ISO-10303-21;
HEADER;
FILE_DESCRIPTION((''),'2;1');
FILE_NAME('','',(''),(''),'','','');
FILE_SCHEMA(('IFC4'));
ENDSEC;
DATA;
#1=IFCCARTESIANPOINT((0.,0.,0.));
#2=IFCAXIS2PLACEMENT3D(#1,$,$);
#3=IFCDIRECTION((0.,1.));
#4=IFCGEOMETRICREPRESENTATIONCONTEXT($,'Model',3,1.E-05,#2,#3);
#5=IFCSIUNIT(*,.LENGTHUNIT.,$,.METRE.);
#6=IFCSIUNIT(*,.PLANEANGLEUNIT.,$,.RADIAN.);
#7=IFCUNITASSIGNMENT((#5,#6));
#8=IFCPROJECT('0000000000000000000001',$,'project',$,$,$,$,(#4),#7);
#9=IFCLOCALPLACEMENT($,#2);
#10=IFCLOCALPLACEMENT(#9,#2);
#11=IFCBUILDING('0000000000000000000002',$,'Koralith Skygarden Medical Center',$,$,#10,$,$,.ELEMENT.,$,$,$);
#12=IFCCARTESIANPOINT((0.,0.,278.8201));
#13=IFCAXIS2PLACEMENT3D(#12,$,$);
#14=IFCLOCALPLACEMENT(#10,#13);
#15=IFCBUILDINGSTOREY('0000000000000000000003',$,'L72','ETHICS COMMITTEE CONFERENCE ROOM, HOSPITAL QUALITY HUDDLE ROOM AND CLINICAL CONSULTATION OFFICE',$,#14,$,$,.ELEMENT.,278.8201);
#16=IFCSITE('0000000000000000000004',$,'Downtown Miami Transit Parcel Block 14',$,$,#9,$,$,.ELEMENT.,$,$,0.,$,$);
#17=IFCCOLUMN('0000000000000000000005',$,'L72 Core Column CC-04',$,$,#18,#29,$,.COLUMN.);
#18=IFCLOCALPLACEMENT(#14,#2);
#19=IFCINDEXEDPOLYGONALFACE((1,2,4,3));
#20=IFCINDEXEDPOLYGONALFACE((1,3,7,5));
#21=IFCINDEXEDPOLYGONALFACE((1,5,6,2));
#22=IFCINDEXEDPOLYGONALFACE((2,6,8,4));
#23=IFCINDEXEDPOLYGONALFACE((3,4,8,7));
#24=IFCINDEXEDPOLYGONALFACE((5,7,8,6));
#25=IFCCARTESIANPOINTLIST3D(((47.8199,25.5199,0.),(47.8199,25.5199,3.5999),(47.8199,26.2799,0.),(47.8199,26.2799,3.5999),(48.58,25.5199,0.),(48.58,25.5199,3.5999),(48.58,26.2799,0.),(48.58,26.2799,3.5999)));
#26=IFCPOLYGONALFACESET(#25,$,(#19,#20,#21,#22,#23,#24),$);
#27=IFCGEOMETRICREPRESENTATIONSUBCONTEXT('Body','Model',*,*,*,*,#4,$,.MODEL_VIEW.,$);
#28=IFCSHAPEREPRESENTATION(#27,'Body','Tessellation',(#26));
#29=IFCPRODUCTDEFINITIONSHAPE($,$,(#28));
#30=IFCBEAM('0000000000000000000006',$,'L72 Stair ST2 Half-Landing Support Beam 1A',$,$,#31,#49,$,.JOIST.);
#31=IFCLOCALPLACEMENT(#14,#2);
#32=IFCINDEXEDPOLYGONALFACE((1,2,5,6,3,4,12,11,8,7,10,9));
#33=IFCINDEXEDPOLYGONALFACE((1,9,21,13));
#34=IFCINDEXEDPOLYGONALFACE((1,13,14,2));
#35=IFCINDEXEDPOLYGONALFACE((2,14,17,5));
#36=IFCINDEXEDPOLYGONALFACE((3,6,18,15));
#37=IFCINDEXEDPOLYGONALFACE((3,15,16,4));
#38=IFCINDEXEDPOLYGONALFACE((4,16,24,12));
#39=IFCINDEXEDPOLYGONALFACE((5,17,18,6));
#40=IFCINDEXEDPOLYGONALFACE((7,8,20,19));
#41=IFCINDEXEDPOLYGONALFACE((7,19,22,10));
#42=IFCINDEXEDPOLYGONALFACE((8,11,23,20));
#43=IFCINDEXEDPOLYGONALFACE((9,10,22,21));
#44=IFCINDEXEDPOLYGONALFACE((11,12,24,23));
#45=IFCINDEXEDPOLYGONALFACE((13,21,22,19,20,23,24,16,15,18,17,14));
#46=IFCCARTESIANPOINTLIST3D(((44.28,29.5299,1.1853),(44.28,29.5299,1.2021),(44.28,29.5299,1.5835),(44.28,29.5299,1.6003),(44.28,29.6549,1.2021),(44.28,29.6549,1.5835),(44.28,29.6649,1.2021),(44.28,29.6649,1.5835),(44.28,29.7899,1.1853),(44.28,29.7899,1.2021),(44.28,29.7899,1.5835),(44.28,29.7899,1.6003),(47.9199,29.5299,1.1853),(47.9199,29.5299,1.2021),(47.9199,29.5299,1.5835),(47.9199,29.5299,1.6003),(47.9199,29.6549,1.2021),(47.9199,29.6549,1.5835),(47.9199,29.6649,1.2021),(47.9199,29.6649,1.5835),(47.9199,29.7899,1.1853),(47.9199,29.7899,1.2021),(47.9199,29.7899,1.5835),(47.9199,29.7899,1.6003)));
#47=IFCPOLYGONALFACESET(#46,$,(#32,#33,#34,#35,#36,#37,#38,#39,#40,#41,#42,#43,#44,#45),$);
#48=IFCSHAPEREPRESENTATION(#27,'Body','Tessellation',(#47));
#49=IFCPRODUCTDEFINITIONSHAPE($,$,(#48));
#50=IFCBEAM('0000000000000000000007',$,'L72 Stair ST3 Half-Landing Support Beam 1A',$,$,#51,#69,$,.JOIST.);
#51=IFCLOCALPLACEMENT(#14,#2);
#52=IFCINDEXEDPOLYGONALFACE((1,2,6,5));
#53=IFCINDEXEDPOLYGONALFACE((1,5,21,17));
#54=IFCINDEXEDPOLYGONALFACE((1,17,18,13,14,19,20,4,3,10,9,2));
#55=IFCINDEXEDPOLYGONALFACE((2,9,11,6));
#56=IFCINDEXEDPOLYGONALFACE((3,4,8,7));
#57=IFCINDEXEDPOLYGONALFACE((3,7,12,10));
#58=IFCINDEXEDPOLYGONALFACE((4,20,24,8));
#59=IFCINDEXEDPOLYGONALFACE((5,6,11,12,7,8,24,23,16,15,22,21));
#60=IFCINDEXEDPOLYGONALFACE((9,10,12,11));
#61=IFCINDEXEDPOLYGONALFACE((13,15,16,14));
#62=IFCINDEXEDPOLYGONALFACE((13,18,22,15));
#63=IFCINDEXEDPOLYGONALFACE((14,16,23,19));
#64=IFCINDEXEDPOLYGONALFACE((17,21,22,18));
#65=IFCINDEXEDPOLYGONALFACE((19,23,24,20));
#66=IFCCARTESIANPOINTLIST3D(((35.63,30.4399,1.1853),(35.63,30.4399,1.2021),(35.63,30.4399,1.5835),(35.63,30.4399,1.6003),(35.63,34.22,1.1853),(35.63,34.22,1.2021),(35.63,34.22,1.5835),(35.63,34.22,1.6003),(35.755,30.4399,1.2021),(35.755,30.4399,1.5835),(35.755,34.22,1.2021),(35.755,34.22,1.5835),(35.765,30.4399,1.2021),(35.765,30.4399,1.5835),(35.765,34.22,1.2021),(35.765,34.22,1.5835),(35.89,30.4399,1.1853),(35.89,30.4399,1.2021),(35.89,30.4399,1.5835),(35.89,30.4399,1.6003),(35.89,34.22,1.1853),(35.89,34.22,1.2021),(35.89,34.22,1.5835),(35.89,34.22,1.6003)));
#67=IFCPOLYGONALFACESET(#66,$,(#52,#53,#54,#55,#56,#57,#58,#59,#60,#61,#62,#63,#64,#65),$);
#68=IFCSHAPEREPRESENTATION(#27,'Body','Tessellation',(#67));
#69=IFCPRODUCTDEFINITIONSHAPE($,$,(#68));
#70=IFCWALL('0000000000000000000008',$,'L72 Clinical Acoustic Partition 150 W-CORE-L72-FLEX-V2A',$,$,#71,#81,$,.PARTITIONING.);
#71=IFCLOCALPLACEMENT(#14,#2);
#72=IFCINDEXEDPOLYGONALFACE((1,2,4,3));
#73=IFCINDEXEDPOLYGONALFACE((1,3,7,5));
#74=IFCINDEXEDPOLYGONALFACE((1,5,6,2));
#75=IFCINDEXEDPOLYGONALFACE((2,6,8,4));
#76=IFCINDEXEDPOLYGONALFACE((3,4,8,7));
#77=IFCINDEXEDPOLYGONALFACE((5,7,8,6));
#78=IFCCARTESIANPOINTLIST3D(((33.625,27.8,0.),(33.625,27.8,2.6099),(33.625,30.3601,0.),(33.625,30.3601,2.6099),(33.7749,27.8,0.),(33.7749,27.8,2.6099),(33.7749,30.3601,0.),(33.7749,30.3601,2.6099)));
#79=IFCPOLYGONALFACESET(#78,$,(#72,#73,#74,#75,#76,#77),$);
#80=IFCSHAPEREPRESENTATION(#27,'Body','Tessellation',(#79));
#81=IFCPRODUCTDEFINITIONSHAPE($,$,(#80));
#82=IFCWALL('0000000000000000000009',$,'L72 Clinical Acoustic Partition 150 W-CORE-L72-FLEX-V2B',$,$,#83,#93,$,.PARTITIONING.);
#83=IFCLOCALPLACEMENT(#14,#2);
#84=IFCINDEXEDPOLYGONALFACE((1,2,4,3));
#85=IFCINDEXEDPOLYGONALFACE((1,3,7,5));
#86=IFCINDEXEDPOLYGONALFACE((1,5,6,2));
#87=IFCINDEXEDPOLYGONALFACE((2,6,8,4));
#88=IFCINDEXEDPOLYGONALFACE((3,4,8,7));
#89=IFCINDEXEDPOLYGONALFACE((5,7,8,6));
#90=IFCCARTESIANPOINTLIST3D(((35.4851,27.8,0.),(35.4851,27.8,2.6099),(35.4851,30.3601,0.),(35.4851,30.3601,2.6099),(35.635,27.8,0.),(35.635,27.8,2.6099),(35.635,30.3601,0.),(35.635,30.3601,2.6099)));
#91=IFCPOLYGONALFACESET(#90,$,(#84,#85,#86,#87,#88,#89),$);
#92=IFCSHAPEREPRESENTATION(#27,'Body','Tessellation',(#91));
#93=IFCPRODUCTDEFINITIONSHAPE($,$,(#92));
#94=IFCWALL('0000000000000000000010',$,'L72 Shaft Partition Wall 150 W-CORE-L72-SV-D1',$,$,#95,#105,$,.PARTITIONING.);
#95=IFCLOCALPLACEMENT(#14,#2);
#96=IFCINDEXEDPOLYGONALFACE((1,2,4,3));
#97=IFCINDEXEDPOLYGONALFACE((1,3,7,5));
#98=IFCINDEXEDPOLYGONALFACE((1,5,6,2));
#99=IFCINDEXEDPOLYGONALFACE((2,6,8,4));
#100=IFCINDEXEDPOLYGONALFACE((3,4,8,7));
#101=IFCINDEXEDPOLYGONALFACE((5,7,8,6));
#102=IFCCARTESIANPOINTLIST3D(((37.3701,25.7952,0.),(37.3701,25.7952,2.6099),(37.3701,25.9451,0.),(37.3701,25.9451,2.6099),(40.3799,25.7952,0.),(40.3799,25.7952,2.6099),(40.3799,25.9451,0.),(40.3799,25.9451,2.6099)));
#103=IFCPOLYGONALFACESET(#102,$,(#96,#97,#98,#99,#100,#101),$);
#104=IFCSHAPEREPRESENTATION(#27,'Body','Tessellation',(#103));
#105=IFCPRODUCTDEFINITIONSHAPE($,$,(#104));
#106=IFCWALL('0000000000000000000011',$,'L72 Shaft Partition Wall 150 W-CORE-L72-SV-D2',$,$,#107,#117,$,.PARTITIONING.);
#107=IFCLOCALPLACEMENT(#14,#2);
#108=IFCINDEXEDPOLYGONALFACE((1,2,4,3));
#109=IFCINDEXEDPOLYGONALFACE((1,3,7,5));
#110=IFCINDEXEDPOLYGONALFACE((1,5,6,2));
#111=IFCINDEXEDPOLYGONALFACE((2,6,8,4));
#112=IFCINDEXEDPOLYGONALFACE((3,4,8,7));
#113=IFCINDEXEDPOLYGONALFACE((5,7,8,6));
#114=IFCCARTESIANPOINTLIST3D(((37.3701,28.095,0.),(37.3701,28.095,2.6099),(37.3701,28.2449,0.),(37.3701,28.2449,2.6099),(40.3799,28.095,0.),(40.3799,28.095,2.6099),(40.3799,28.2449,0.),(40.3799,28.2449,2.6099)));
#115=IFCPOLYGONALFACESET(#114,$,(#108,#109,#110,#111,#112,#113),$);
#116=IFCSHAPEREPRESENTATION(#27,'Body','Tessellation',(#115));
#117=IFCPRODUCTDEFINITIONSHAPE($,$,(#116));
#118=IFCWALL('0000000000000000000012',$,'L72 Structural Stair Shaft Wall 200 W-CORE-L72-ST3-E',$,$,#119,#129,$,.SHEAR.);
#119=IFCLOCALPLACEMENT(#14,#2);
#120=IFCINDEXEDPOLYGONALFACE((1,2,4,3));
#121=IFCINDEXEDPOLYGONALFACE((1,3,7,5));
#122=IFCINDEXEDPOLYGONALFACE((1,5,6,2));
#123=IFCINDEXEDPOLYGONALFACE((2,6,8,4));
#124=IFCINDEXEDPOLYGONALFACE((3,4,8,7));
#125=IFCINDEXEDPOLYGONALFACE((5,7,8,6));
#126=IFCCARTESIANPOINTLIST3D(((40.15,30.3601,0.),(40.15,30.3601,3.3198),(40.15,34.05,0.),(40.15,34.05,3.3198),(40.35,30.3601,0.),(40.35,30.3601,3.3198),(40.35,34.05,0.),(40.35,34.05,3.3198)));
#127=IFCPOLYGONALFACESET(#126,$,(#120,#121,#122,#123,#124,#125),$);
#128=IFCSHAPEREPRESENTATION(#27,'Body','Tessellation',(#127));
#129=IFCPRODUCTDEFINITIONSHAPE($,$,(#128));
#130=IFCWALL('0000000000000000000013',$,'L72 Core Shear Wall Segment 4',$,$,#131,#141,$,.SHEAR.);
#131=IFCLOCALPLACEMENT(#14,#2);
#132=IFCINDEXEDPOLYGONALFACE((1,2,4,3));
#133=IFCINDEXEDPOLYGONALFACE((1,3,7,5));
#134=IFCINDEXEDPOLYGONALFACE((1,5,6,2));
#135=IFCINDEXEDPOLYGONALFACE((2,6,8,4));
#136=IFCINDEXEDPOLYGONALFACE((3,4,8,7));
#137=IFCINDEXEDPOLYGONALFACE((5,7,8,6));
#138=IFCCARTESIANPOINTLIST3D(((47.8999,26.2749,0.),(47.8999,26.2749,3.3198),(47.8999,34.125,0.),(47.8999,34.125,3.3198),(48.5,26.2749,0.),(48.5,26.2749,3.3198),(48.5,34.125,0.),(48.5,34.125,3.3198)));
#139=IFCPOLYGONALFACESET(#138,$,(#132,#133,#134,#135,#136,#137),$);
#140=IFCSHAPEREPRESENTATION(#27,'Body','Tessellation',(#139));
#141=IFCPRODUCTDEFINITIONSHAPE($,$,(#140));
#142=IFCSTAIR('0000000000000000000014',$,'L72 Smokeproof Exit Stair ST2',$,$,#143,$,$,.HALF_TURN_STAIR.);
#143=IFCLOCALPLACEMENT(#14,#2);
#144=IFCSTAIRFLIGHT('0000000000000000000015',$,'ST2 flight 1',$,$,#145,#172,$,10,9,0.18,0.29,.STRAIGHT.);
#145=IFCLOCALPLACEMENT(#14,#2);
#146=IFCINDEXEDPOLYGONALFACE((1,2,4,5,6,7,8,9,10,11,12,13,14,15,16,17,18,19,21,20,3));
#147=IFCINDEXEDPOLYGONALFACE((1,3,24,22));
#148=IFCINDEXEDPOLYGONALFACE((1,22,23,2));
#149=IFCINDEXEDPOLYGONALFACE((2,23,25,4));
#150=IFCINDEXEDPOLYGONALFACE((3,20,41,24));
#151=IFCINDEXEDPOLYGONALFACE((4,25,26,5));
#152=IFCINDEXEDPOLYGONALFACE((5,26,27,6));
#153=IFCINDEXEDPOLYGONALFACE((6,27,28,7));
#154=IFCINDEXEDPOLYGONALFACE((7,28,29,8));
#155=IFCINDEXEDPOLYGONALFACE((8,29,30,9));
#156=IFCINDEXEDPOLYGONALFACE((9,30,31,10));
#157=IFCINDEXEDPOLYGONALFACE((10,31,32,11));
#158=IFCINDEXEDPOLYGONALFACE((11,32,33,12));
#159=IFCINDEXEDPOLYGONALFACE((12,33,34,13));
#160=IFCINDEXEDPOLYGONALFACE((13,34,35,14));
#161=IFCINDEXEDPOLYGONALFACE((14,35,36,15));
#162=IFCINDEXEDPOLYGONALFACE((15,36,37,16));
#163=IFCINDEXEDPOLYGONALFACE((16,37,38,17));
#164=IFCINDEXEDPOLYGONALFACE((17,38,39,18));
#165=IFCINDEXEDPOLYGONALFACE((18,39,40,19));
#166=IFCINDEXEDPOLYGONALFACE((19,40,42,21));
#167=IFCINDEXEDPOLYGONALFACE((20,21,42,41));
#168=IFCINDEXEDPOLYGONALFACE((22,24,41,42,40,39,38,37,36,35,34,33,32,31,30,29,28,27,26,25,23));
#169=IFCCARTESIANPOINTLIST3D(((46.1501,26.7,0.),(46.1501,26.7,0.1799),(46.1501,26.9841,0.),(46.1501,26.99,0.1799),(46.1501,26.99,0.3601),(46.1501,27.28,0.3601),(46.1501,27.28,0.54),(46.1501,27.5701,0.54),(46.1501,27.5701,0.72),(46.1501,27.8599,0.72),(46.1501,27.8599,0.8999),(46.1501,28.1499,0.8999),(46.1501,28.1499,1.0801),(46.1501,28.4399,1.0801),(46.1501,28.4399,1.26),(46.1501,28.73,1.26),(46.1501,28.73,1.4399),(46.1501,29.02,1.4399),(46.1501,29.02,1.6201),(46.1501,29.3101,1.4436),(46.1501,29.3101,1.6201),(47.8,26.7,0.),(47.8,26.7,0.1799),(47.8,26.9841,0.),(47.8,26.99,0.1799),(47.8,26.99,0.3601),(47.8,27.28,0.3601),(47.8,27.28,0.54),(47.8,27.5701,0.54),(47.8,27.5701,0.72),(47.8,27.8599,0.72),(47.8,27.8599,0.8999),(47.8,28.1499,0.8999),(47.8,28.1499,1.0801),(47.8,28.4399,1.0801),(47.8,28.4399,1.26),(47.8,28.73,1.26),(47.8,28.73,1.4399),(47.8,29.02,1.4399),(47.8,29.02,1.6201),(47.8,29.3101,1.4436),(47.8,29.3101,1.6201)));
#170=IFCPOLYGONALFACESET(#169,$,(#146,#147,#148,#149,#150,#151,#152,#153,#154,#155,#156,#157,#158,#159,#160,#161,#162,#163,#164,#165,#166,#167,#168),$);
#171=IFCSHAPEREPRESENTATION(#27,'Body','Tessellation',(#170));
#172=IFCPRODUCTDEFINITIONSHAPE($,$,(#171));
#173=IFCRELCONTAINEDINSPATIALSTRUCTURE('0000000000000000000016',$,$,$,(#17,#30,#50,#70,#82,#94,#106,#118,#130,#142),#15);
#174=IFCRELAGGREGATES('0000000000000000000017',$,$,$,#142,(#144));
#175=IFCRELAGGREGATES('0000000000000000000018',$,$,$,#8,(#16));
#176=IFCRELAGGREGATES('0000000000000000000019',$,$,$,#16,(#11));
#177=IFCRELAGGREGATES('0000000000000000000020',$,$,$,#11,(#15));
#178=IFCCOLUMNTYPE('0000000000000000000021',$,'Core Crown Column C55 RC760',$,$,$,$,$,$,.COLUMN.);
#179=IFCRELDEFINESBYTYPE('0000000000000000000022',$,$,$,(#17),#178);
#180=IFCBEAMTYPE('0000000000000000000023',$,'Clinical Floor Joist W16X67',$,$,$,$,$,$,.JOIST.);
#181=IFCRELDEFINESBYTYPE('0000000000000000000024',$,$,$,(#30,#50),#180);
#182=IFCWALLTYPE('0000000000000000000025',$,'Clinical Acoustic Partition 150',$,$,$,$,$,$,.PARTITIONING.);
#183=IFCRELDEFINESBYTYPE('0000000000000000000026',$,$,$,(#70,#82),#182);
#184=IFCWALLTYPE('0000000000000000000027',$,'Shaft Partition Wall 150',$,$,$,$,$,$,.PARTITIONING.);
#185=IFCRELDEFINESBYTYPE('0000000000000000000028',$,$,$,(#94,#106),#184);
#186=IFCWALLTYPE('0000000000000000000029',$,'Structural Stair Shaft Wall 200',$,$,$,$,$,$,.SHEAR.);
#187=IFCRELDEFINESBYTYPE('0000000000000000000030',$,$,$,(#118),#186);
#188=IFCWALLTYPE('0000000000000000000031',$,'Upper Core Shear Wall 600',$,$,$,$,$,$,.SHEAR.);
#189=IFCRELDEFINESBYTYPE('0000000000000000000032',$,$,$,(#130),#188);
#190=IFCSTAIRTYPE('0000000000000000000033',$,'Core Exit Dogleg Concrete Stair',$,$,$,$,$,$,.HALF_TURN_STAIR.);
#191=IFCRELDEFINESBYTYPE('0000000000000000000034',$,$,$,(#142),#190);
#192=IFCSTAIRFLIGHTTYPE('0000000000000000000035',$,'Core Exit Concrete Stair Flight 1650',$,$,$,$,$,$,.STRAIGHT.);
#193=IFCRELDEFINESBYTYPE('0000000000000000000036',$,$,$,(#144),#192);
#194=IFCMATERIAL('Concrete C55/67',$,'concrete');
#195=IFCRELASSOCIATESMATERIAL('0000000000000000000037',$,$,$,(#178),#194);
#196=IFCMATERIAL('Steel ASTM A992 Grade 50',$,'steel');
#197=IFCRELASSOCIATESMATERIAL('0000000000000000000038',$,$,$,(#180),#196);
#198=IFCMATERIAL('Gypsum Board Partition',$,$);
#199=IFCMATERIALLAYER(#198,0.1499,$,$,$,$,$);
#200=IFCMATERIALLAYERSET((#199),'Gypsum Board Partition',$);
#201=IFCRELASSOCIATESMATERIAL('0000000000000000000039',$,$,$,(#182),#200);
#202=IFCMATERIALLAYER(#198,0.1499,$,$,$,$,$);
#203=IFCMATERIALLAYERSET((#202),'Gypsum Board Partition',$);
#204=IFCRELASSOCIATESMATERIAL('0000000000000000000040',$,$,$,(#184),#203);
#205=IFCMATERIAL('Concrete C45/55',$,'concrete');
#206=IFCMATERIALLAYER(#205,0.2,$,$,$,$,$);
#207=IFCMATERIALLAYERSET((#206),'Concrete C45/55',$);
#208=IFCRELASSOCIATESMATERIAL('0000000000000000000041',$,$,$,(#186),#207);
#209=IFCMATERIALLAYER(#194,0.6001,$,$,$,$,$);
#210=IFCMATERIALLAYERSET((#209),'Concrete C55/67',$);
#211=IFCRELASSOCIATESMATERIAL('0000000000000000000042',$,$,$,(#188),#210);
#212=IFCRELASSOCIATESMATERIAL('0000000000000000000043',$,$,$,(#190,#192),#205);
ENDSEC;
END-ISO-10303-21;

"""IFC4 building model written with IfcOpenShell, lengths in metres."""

from ifc_helpers import new_model, si_unit, direction, frame, frame_2d, origin, origin_2d, place, context, subcontext, project, spatial, polyline, rectangle, i_section, outline, extrude, material, layer, layer_set, material_profile, profile_set, type_object, element, aggregate, save


model = new_model("IFC4")

# Units and contexts
model_context = context("Model", 3, precision=1e-05, world=origin(), true_north=direction((0.0, 1.0)))
body_context = subcontext(model_context, "Body", "Model", "MODEL_VIEW")
ifc_project = project(units=[si_unit("LENGTHUNIT", "METRE"), si_unit("PLANEANGLEUNIT", "RADIAN")], contexts=[model_context])

# Site, building, storey
site_placement = place(None, origin())
site = spatial("IfcSite", under=ifc_project, at=site_placement, Name="Downtown Miami Transit Parcel Block 14", CompositionType="ELEMENT", RefElevation=0.0)
building_placement = place(site_placement, origin())
building = spatial("IfcBuilding", under=site, at=building_placement, Name="Koralith Skygarden Medical Center", CompositionType="ELEMENT")
storey_placement = place(building_placement, frame((0.0, 0.0, 278.8201)))
storey = spatial("IfcBuildingStorey", under=building, at=storey_placement, Name="L72", Description="ETHICS COMMITTEE CONFERENCE ROOM, HOSPITAL QUALITY HUDDLE ROOM AND CLINICAL CONSULTATION OFFICE", CompositionType="ELEMENT", Elevation=278.8201)

# Column
ifc_material_1 = material(Name="Concrete C55/67", Category="concrete")
ifc_material_profile_1 = material_profile(ifc_material_1, rectangle(XDim=0.76, YDim=0.76, at=origin_2d()), Name="RC760X760")
ifc_profile_set_1 = profile_set([ifc_material_profile_1], Name="Concrete C55/67")
column_type = type_object("IfcColumnType", Name="Core Crown Column C55 RC760", PredefinedType="COLUMN", material=ifc_profile_set_1)
column_placement = place(storey_placement, frame((48.2, 25.8999, 0.0), z_axis=(0.0, 0.0, 1.0), x_axis=(1.0, 0.0, 0.0)))
element("IfcColumn", 1, at=column_placement, inside=storey, type_object=column_type, Name="L72 Core Column CC-04", PredefinedType="COLUMN", context=body_context, shape_type="SweptSolid", body=[
    extrude(rectangle(XDim=0.76, YDim=0.76, at=origin_2d()), origin(), (0.0, 0.0, 1.0), 3.5999),
])

# Beams
ifc_material_2 = material(Name="Steel ASTM A992 Grade 50", Category="steel")
ifc_material_profile_2 = material_profile(ifc_material_2, i_section(OverallWidth=0.26, OverallDepth=0.415, WebThickness=0.01, FlangeThickness=0.0168, at=origin_2d()), Name="W16X67")
ifc_profile_set_2 = profile_set([ifc_material_profile_2], Name="Steel ASTM A992 Grade 50")
beam_type = type_object("IfcBeamType", Name="Clinical Floor Joist W16X67", PredefinedType="JOIST", material=ifc_profile_set_2)
beam_1_placement = place(storey_placement, frame((44.28, 29.6599, 1.3928), z_axis=(1.0, 0.0, 0.0), x_axis=(0.0, 1.0, 0.0)))
element("IfcBeam", 2, at=beam_1_placement, inside=storey, type_object=beam_type, Name="L72 Stair ST2 Half-Landing Support Beam 1A", PredefinedType="JOIST", context=body_context, shape_type="SweptSolid", body=[
    extrude(i_section(OverallWidth=0.26, OverallDepth=0.415, WebThickness=0.01, FlangeThickness=0.0168, at=origin_2d()), origin(), (0.0, 0.0, 1.0), 3.6399),
])
beam_2_placement = place(storey_placement, frame((35.76, 30.4399, 1.3928), z_axis=(0.0, 1.0, 0.0), x_axis=(-1.0, 0.0, 0.0)))
element("IfcBeam", 3, at=beam_2_placement, inside=storey, type_object=beam_type, Name="L72 Stair ST3 Half-Landing Support Beam 1A", PredefinedType="JOIST", context=body_context, shape_type="SweptSolid", body=[
    extrude(i_section(OverallWidth=0.26, OverallDepth=0.415, WebThickness=0.01, FlangeThickness=0.0168, at=origin_2d()), origin(), (0.0, 0.0, 1.0), 3.78),
])

# Walls
ifc_material_3 = material(Name="Gypsum Board Partition")
ifc_layer_1 = layer(ifc_material_3, 0.1499)
ifc_layer_set_1 = layer_set([ifc_layer_1], Name="Gypsum Board Partition")
wall_type_1 = type_object("IfcWallType", Name="Clinical Acoustic Partition 150", PredefinedType="PARTITIONING", material=ifc_layer_set_1)
for number, where, z_axis, x_axis, name in (
    (4, (33.7, 27.8, 0.0), (0.0, 0.0, 1.0), (0.0, 1.0, 0.0), "L72 Clinical Acoustic Partition 150 W-CORE-L72-FLEX-V2A"),
    (5, (35.5601, 27.8, 0.0), (0.0, 0.0, 1.0), (0.0, 1.0, 0.0), "L72 Clinical Acoustic Partition 150 W-CORE-L72-FLEX-V2B"),
):
    element("IfcWall", number, at=place(storey_placement, frame(where, z_axis=z_axis, x_axis=x_axis)), inside=storey, type_object=wall_type_1, Name=name, PredefinedType="PARTITIONING", context=body_context, shape_type="SweptSolid", body=[
        extrude(rectangle(XDim=2.5601, YDim=0.1499, at=frame_2d((1.28, 0.0))), origin(), (0.0, 0.0, 1.0), 2.6099),
    ])
ifc_layer_2 = layer(ifc_material_3, 0.1499)
ifc_layer_set_2 = layer_set([ifc_layer_2], Name="Gypsum Board Partition")
wall_type_2 = type_object("IfcWallType", Name="Shaft Partition Wall 150", PredefinedType="PARTITIONING", material=ifc_layer_set_2)
for number, where, z_axis, x_axis, name in (
    (6, (37.3701, 25.8701, 0.0), (0.0, 0.0, 1.0), (1.0, 0.0, 0.0), "L72 Shaft Partition Wall 150 W-CORE-L72-SV-D1"),
    (7, (37.3701, 28.1699, 0.0), (0.0, 0.0, 1.0), (1.0, 0.0, 0.0), "L72 Shaft Partition Wall 150 W-CORE-L72-SV-D2"),
):
    element("IfcWall", number, at=place(storey_placement, frame(where, z_axis=z_axis, x_axis=x_axis)), inside=storey, type_object=wall_type_2, Name=name, PredefinedType="PARTITIONING", context=body_context, shape_type="SweptSolid", body=[
        extrude(rectangle(XDim=3.0098, YDim=0.1499, at=frame_2d((1.5049, 0.0))), origin(), (0.0, 0.0, 1.0), 2.6099),
    ])
ifc_material_4 = material(Name="Concrete C45/55", Category="concrete")
ifc_layer_3 = layer(ifc_material_4, 0.2)
ifc_layer_set_3 = layer_set([ifc_layer_3], Name="Concrete C45/55")
wall_type_3 = type_object("IfcWallType", Name="Structural Stair Shaft Wall 200", PredefinedType="SHEAR", material=ifc_layer_set_3)
wall_1_placement = place(storey_placement, frame((40.25, 30.3601, 0.0), z_axis=(0.0, 0.0, 1.0), x_axis=(0.0, 1.0, 0.0)))
element("IfcWall", 8, at=wall_1_placement, inside=storey, type_object=wall_type_3, Name="L72 Structural Stair Shaft Wall 200 W-CORE-L72-ST3-E", PredefinedType="SHEAR", context=body_context, shape_type="SweptSolid", body=[
    extrude(rectangle(XDim=3.6899, YDim=0.2, at=frame_2d((1.845, 0.0))), origin(), (0.0, 0.0, 1.0), 3.3198),
])
ifc_layer_4 = layer(ifc_material_1, 0.6001)
ifc_layer_set_4 = layer_set([ifc_layer_4], Name="Concrete C55/67")
wall_type_4 = type_object("IfcWallType", Name="Upper Core Shear Wall 600", PredefinedType="SHEAR", material=ifc_layer_set_4)
wall_2_placement = place(storey_placement, frame((48.2, 26.2749, 0.0), z_axis=(0.0, 0.0, 1.0), x_axis=(0.0, 1.0, 0.0)))
element("IfcWall", 9, at=wall_2_placement, inside=storey, type_object=wall_type_4, Name="L72 Core Shear Wall Segment 4", PredefinedType="SHEAR", context=body_context, shape_type="SweptSolid", body=[
    extrude(rectangle(XDim=7.8501, YDim=0.6001, at=frame_2d((3.925, 0.0))), origin(), (0.0, 0.0, 1.0), 3.3198),
])

# Stair, stair flight
stair_type = type_object("IfcStairType", Name="Core Exit Dogleg Concrete Stair", PredefinedType="HALF_TURN_STAIR", material=ifc_material_4)
stair_placement = place(storey_placement, origin())
stair = element("IfcStair", 10, at=stair_placement, inside=storey, type_object=stair_type, Name="L72 Smokeproof Exit Stair ST2", PredefinedType="HALF_TURN_STAIR")
stair_flight_type = type_object("IfcStairFlightType", Name="Core Exit Concrete Stair Flight 1650", PredefinedType="STRAIGHT", material=ifc_material_4)
stair_flight_1_placement = place(storey_placement, frame((46.9751, 26.7, 0.0), z_axis=(0.0, 0.0, 1.0), x_axis=(0.0, 1.0, 0.0)))
stair_flight_1 = element("IfcStairFlight", 11, at=stair_flight_1_placement, type_object=stair_flight_type, Name="ST2 flight 1", NumberOfRisers=10, NumberOfTreads=9, PredefinedType="STRAIGHT", RiserHeight=0.18, TreadLength=0.29, context=body_context, shape_type="SweptSolid", body=[
    extrude(outline(polyline([(0.0, 0.0), (0.0, 0.1799), (0.29, 0.1799), (0.29, 0.3601), (0.5801, 0.3601), (0.5801, 0.54), (0.8701, 0.54), (0.8701, 0.72), (1.1599, 0.72), (1.1599, 0.8999), (1.45, 0.8999), (1.45, 1.0801), (1.74, 1.0801), (1.74, 1.26), (2.03, 1.26), (2.03, 1.4399), (2.3201, 1.4399), (2.3201, 1.6201), (2.6101, 1.6201), (2.6101, 1.8), (2.6101, 1.4436), (0.2842, 0.0), (0.0, 0.0)])), frame((0.0, 0.825, 0.0), z_axis=(0.0, -1.0, 0.0), x_axis=(1.0, 0.0, 0.0)), (0.0, 0.0, 1.0), 1.6499),
])
aggregate(stair, [stair_flight_1])

save(model, "model.ifc")
